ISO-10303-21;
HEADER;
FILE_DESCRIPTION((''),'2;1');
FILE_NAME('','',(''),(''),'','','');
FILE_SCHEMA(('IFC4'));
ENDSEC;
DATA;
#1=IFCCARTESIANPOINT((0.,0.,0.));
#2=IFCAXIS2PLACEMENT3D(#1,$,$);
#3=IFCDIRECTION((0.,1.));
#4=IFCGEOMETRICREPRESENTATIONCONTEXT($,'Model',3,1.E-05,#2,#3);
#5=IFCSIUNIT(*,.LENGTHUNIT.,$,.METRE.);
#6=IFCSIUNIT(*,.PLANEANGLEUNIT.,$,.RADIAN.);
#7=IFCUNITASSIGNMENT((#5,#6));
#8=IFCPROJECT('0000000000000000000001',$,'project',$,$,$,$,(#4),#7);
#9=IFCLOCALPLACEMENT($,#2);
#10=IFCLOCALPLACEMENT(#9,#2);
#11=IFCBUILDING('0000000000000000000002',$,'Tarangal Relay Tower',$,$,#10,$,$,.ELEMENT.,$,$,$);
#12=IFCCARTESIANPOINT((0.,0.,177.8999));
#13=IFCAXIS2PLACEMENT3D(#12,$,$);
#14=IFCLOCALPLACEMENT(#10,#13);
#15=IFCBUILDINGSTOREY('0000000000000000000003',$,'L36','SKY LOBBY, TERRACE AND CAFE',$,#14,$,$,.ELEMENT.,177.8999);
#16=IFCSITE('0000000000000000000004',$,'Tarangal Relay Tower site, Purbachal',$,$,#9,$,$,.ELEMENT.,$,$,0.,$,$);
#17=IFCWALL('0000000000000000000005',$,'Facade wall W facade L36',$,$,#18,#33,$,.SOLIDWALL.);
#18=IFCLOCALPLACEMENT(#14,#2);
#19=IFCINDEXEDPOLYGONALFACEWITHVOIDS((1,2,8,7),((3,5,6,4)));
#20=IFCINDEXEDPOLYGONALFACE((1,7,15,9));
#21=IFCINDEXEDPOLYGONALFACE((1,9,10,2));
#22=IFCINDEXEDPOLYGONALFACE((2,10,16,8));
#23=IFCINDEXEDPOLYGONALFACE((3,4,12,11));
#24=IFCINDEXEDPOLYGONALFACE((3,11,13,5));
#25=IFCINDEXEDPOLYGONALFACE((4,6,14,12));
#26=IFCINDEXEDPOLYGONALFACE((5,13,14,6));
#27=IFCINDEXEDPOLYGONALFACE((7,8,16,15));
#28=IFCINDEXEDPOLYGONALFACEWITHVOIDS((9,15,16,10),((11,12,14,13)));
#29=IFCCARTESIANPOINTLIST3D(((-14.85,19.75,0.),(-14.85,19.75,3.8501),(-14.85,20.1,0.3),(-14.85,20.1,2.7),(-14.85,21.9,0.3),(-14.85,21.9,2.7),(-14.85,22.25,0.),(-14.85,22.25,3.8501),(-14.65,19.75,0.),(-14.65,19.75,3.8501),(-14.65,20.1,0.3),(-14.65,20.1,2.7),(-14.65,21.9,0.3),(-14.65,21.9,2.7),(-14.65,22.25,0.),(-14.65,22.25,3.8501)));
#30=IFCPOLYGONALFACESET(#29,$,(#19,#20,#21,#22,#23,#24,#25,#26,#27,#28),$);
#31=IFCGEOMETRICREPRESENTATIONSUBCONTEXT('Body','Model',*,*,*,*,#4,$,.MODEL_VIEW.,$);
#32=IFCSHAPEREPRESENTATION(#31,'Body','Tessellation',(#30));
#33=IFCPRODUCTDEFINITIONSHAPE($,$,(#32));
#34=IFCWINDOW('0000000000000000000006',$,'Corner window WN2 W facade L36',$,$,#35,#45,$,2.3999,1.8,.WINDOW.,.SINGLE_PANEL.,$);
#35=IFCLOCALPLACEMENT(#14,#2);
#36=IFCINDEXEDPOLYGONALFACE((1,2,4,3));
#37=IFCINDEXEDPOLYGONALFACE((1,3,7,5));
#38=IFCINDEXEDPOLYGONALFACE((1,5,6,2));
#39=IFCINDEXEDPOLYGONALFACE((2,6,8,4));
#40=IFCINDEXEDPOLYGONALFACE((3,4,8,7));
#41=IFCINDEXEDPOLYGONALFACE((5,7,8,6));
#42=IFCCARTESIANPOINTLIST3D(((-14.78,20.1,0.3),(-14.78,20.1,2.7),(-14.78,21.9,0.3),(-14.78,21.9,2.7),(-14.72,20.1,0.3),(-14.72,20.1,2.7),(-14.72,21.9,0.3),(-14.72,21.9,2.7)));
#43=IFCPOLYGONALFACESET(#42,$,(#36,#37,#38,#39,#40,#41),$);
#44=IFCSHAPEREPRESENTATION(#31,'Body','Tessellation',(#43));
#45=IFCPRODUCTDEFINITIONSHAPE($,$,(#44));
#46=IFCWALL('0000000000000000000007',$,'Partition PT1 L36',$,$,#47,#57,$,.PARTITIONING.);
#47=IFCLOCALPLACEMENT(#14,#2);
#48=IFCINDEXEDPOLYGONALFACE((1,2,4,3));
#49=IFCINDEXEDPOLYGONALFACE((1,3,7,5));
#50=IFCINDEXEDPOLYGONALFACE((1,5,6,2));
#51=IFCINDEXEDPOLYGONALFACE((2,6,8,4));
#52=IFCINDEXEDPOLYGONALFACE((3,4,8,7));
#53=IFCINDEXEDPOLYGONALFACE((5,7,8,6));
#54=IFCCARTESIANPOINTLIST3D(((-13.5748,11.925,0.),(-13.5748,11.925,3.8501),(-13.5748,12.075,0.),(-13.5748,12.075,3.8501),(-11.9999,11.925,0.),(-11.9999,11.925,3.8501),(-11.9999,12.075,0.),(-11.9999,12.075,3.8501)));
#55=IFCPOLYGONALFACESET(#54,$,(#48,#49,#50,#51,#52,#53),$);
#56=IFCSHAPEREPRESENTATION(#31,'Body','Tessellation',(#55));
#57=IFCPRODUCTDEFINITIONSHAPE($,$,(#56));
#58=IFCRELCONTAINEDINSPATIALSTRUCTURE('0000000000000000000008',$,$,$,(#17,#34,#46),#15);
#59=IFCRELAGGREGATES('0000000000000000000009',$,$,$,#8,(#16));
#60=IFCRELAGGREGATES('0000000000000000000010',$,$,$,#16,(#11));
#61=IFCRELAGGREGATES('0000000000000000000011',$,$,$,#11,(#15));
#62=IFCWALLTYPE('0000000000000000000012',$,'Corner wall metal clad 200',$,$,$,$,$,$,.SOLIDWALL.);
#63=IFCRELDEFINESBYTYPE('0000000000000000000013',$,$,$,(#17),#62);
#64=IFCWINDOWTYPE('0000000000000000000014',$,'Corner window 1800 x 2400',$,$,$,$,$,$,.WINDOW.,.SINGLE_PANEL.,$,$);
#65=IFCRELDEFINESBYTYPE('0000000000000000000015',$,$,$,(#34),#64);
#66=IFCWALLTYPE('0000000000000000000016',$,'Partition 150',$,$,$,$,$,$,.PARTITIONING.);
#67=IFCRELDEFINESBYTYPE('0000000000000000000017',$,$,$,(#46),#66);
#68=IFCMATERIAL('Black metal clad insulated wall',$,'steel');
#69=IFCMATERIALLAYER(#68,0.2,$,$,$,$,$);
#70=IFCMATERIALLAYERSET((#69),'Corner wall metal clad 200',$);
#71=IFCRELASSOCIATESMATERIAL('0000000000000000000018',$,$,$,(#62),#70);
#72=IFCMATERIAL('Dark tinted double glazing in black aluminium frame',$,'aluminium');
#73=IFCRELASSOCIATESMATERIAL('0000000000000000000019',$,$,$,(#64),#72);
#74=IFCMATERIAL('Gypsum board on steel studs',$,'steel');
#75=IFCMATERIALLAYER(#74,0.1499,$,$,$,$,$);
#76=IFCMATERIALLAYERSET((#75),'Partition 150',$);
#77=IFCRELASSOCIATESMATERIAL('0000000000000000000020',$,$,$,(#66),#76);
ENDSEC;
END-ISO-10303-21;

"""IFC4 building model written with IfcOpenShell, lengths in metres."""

from ifc_helpers import new_model, si_unit, direction, frame, frame_2d, origin, place, context, subcontext, project, spatial, rectangle, extrude, material, layer, layer_set, type_object, element, fill, save


model = new_model("IFC4")

# Units and contexts
model_context = context("Model", 3, precision=1e-05, world=origin(), true_north=direction((0.0, 1.0)))
body_context = subcontext(model_context, "Body", "Model", "MODEL_VIEW")
ifc_project = project(units=[si_unit("LENGTHUNIT", "METRE"), si_unit("PLANEANGLEUNIT", "RADIAN")], contexts=[model_context])

# Site, building, storey
site_placement = place(None, origin())
site = spatial("IfcSite", under=ifc_project, at=site_placement, Name="Tarangal Relay Tower site, Purbachal", CompositionType="ELEMENT", RefElevation=0.0)
building_placement = place(site_placement, origin())
building = spatial("IfcBuilding", under=site, at=building_placement, Name="Tarangal Relay Tower", CompositionType="ELEMENT")
storey_placement = place(building_placement, frame((0.0, 0.0, 177.8999)))
storey = spatial("IfcBuildingStorey", under=building, at=storey_placement, Name="L36", Description="SKY LOBBY, TERRACE AND CAFE", CompositionType="ELEMENT", Elevation=177.8999)

# Shared definitions
ifc_material_1 = material(Name="Black metal clad insulated wall", Category="steel")
ifc_layer_1 = layer(ifc_material_1, 0.2)
ifc_layer_set_1 = layer_set([ifc_layer_1], Name="Corner wall metal clad 200")
wall_type_1 = type_object("IfcWallType", Name="Corner wall metal clad 200", PredefinedType="SOLIDWALL", material=ifc_layer_set_1)

# Shared definitions
ifc_material_2 = material(Name="Dark tinted double glazing in black aluminium frame", Category="aluminium")
window_type = type_object("IfcWindowType", Name="Corner window 1800 x 2400", PartitioningType="SINGLE_PANEL", PredefinedType="WINDOW", material=ifc_material_2)

# Wall, opening, window
wall_1_placement = place(storey_placement, frame((-14.75, 19.75, 0.0), z_axis=(0.0, 0.0, 1.0), x_axis=(0.0, 1.0, 0.0)))
wall_1 = element("IfcWall", 1, at=wall_1_placement, inside=storey, type_object=wall_type_1, Name="Facade wall W facade L36", PredefinedType="SOLIDWALL", context=body_context, shape_type="SweptSolid", body=[
    extrude(rectangle(XDim=2.5, YDim=0.2, at=frame_2d((1.25, 0.0))), origin(), (0.0, 0.0, 1.0), 3.8501),
])
opening_1_placement = place(wall_1_placement, frame((0.3501, 0.0, 0.3)))
opening_1 = element("IfcOpeningElement", 2, at=opening_1_placement, cuts=wall_1, PredefinedType="OPENING", context=body_context, shape_type="SweptSolid", body=[
    extrude(rectangle(XDim=1.8, YDim=2.3999, at=frame_2d((0.8999, 1.2))), frame((0.0, 0.1099, 0.0), z_axis=(0.0, -1.0, 0.0), x_axis=(1.0, 0.0, 0.0)), (0.0, 0.0, 1.0), 0.22),
])
window_1_placement = place(opening_1_placement, origin())
window_1 = element("IfcWindow", 3, at=window_1_placement, inside=storey, type_object=window_type, Name="Corner window WN2 W facade L36", OverallHeight=2.3999, OverallWidth=1.8, PartitioningType="SINGLE_PANEL", PredefinedType="WINDOW", context=body_context, shape_type="SweptSolid", body=[
    extrude(rectangle(XDim=1.8, YDim=2.3999, at=frame_2d((0.8999, 1.2))), frame((0.0, 0.03, 0.0), z_axis=(0.0, -1.0, 0.0), x_axis=(1.0, 0.0, 0.0)), (0.0, 0.0, 1.0), 0.0601),
])
fill(opening_1, window_1)

# Wall
ifc_material_3 = material(Name="Gypsum board on steel studs", Category="steel")
ifc_layer_2 = layer(ifc_material_3, 0.1499)
ifc_layer_set_2 = layer_set([ifc_layer_2], Name="Partition 150")
wall_type_2 = type_object("IfcWallType", Name="Partition 150", PredefinedType="PARTITIONING", material=ifc_layer_set_2)
wall_2_placement = place(storey_placement, frame((-13.575, 12.0, 0.0), z_axis=(0.0, 0.0, 1.0), x_axis=(1.0, 0.0, 0.0)))
element("IfcWall", 4, at=wall_2_placement, inside=storey, type_object=wall_type_2, Name="Partition PT1 L36", PredefinedType="PARTITIONING", context=body_context, shape_type="SweptSolid", body=[
    extrude(rectangle(XDim=1.575, YDim=0.1499, at=frame_2d((0.7876, 0.0))), origin(), (0.0, 0.0, 1.0), 3.8501),
])

save(model, "model.ifc")
